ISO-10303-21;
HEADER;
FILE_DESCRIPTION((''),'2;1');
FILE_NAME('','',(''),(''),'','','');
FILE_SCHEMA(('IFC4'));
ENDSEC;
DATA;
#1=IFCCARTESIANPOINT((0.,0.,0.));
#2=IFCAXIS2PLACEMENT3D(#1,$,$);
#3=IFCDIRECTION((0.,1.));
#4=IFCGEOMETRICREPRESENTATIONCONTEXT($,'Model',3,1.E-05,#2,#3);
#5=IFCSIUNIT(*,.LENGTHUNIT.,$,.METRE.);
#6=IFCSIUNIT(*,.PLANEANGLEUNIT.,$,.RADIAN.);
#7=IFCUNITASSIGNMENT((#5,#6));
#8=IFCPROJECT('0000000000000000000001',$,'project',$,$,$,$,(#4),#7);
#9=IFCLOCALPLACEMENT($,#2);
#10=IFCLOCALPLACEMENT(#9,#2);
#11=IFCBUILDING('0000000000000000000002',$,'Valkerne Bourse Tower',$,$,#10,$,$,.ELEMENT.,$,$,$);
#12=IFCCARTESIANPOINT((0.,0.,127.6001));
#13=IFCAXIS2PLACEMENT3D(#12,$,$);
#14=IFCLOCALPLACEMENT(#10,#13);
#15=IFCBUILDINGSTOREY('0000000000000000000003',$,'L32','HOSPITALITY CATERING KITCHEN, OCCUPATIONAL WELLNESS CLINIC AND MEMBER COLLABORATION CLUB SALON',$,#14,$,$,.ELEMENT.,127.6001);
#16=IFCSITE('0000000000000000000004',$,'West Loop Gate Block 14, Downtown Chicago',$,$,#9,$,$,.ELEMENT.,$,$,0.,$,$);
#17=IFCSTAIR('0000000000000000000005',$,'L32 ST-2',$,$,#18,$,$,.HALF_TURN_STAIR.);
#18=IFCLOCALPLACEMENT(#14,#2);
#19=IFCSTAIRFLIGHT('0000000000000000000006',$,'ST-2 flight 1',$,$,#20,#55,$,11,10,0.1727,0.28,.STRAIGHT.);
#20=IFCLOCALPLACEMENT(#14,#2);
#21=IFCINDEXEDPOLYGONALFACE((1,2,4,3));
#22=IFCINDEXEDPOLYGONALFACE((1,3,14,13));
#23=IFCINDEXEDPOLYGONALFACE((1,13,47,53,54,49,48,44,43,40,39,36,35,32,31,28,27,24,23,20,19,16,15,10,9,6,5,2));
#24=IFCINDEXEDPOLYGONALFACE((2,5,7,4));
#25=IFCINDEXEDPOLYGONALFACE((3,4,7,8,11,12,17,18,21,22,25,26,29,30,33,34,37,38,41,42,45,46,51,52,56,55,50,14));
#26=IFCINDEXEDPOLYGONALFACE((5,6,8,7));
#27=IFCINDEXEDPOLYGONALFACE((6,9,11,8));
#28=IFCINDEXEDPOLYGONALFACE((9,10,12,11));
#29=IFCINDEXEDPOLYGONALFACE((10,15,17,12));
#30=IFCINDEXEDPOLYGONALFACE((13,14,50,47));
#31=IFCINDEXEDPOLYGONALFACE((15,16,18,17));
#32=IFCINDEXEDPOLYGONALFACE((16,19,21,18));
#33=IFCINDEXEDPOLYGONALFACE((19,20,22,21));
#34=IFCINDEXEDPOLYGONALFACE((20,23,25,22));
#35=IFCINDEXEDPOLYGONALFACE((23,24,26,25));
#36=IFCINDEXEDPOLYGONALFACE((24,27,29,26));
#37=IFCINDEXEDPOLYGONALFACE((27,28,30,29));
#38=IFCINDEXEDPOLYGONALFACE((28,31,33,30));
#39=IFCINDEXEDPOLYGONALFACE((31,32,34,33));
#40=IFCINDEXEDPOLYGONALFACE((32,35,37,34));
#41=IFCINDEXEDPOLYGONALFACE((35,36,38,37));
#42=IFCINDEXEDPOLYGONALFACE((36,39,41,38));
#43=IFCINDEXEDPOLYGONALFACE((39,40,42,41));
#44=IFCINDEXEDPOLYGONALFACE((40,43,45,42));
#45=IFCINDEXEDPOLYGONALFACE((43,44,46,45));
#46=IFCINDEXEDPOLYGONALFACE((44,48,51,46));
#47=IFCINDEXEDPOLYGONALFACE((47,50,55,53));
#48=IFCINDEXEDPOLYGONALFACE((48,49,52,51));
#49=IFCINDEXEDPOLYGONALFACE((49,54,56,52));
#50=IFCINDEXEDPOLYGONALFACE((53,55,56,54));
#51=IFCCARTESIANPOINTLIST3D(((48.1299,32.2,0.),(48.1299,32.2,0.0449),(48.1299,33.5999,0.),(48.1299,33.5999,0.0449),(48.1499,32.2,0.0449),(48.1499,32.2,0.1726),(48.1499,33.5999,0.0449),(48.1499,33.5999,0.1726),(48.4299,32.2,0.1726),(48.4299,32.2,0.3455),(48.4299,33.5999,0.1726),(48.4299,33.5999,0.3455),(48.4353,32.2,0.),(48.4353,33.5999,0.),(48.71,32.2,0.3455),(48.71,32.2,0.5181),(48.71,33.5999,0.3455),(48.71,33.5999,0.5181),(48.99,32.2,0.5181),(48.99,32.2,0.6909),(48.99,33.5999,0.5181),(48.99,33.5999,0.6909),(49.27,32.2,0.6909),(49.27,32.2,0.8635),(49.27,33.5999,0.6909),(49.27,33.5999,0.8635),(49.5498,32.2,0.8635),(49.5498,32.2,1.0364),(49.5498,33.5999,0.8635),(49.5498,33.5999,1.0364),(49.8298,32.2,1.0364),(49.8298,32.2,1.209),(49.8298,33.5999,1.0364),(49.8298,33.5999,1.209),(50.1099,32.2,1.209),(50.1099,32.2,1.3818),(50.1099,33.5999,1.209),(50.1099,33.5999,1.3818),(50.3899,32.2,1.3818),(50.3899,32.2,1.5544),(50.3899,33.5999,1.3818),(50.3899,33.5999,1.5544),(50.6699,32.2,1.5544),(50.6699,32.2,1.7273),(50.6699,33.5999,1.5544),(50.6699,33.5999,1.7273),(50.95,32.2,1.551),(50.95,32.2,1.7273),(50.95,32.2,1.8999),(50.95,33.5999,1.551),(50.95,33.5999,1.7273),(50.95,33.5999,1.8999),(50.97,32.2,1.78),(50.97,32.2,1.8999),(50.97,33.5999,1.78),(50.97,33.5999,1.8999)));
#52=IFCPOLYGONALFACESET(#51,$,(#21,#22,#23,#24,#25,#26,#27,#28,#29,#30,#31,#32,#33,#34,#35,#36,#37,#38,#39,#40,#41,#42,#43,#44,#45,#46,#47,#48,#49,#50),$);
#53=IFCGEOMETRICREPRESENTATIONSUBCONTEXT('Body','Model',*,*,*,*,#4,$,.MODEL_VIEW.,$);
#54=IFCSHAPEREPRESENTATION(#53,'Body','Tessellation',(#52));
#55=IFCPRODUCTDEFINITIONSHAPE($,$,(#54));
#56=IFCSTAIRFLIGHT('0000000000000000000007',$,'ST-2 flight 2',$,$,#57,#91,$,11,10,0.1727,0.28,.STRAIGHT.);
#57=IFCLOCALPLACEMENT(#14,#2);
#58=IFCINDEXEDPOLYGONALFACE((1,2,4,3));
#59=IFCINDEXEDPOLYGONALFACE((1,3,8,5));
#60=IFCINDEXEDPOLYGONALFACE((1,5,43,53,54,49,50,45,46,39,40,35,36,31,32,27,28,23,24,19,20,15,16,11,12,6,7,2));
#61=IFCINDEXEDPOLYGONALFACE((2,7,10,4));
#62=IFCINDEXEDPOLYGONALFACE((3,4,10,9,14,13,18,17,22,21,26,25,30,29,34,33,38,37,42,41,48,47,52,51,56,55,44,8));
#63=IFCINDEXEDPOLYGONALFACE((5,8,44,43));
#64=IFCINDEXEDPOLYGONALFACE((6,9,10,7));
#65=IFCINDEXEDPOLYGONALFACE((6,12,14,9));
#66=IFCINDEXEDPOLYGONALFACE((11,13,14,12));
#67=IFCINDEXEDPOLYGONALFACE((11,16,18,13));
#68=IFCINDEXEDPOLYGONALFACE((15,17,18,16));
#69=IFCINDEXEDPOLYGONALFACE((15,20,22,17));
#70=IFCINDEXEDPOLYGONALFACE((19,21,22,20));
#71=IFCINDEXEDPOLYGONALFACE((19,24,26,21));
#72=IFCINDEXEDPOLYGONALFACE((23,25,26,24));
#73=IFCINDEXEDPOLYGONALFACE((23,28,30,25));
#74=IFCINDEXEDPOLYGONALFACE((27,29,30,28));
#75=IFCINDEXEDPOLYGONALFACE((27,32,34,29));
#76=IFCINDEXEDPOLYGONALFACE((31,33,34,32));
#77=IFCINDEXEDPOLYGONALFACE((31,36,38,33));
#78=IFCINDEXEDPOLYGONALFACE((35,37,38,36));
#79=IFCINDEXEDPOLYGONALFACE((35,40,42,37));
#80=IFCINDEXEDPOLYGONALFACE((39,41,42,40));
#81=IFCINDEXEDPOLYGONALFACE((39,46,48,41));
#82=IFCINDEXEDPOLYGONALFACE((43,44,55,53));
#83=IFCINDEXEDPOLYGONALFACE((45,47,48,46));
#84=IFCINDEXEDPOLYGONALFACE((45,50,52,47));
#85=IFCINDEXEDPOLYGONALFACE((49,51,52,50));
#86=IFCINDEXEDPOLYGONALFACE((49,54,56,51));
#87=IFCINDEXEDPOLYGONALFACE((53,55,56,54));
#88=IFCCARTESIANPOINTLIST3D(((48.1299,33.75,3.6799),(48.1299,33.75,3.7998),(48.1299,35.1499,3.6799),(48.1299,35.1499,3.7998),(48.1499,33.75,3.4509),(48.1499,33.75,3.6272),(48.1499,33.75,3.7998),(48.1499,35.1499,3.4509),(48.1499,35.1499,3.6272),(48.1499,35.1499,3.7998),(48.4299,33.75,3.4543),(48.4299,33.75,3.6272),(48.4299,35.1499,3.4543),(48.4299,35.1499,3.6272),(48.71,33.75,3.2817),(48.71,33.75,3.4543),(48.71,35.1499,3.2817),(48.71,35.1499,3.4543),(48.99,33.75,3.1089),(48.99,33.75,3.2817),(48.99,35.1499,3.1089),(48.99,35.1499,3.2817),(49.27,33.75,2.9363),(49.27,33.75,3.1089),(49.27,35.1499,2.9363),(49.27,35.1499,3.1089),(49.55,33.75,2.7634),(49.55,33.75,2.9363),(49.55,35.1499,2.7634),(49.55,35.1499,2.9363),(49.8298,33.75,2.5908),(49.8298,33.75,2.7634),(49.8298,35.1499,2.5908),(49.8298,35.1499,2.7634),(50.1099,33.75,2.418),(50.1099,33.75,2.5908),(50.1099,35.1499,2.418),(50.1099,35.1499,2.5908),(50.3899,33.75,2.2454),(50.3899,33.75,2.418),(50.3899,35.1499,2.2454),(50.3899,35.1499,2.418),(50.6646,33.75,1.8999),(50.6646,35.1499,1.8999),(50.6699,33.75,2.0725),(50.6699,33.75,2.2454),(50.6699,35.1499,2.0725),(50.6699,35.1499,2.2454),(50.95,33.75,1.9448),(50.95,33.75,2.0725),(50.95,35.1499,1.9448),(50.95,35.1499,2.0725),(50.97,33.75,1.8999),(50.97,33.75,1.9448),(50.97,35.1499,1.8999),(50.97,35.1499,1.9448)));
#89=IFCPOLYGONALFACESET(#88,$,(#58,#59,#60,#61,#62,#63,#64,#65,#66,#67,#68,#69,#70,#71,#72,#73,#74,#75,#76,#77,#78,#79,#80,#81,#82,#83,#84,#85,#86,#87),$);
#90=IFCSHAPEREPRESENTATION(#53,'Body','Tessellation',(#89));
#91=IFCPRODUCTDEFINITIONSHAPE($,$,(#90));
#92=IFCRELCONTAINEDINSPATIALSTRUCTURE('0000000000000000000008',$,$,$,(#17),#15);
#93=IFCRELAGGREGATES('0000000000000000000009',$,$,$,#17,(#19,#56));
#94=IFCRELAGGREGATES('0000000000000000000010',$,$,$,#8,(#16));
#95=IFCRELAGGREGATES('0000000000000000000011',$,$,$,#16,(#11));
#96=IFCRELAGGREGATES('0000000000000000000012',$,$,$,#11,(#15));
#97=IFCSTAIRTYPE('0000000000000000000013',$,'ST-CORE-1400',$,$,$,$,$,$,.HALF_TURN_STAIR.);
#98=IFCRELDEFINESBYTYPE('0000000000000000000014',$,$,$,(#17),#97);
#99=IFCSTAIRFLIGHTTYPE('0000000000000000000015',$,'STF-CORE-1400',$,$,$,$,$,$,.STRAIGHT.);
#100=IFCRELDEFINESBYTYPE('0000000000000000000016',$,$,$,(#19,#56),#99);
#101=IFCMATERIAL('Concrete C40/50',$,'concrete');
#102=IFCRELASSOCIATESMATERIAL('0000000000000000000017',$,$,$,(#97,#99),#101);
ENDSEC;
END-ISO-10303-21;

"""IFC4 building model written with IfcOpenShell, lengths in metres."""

from ifc_helpers import new_model, si_unit, direction, frame, origin, place, context, subcontext, project, spatial, polyline, outline, extrude, material, type_object, element, aggregate, save


model = new_model("IFC4")

# Units and contexts
model_context = context("Model", 3, precision=1e-05, world=origin(), true_north=direction((0.0, 1.0)))
body_context = subcontext(model_context, "Body", "Model", "MODEL_VIEW")
ifc_project = project(units=[si_unit("LENGTHUNIT", "METRE"), si_unit("PLANEANGLEUNIT", "RADIAN")], contexts=[model_context])

# Site, building, storey
site_placement = place(None, origin())
site = spatial("IfcSite", under=ifc_project, at=site_placement, Name="West Loop Gate Block 14, Downtown Chicago", CompositionType="ELEMENT", RefElevation=0.0)
building_placement = place(site_placement, origin())
building = spatial("IfcBuilding", under=site, at=building_placement, Name="Valkerne Bourse Tower", CompositionType="ELEMENT")
storey_placement = place(building_placement, frame((0.0, 0.0, 127.6001)))
storey = spatial("IfcBuildingStorey", under=building, at=storey_placement, Name="L32", Description="HOSPITALITY CATERING KITCHEN, OCCUPATIONAL WELLNESS CLINIC AND MEMBER COLLABORATION CLUB SALON", CompositionType="ELEMENT", Elevation=127.6001)

# Shared definitions
ifc_material_1 = material(Name="Concrete C40/50", Category="concrete")

# Stair, stair flights
stair_type = type_object("IfcStairType", Name="ST-CORE-1400", PredefinedType="HALF_TURN_STAIR", material=ifc_material_1)
stair_placement = place(storey_placement, origin())
stair = element("IfcStair", 1, at=stair_placement, inside=storey, type_object=stair_type, Name="L32 ST-2", PredefinedType="HALF_TURN_STAIR")
stair_flight_type = type_object("IfcStairFlightType", Name="STF-CORE-1400", PredefinedType="STRAIGHT", material=ifc_material_1)
stair_flight_1_placement = place(storey_placement, frame((48.1499, 32.8999, 0.0), z_axis=(0.0, 0.0, 1.0), x_axis=(1.0, 0.0, 0.0)))
stair_flight_1 = element("IfcStairFlight", 2, at=stair_flight_1_placement, type_object=stair_flight_type, Name="ST-2 flight 1", NumberOfRisers=11, NumberOfTreads=10, PredefinedType="STRAIGHT", RiserHeight=0.1727, TreadLength=0.28, context=body_context, shape_type="SweptSolid", body=[
    extrude(outline(polyline([(-0.02, 0.0), (-0.02, 0.0449), (0.0, 0.0449), (0.0, 0.1726), (0.28, 0.1726), (0.28, 0.3455), (0.5601, 0.3455), (0.5601, 0.5181), (0.8401, 0.5181), (0.8401, 0.6909), (1.1201, 0.6909), (1.1201, 0.8635), (1.3999, 0.8635), (1.3999, 1.0364), (1.6799, 1.0364), (1.6799, 1.209), (1.96, 1.209), (1.96, 1.3818), (2.24, 1.3818), (2.24, 1.5544), (2.52, 1.5544), (2.52, 1.7273), (2.8, 1.7273), (2.8, 1.8999), (2.8201, 1.8999), (2.8201, 1.78), (2.8, 1.551), (0.2854, 0.0), (-0.02, 0.0)])), frame((0.0, 0.7, 0.0), z_axis=(0.0, -1.0, 0.0), x_axis=(1.0, 0.0, 0.0)), (0.0, 0.0, 1.0), 1.3999),
])
stair_flight_2_placement = place(storey_placement, frame((50.95, 34.45, 1.8999), z_axis=(0.0, 0.0, 1.0), x_axis=(-1.0, 0.0, 0.0)))
stair_flight_2 = element("IfcStairFlight", 3, at=stair_flight_2_placement, type_object=stair_flight_type, Name="ST-2 flight 2", NumberOfRisers=11, NumberOfTreads=10, PredefinedType="STRAIGHT", RiserHeight=0.1727, TreadLength=0.28, context=body_context, shape_type="SweptSolid", body=[
    extrude(outline(polyline([(-0.02, 0.0), (-0.02, 0.0449), (0.0, 0.0449), (0.0, 0.1726), (0.28, 0.1726), (0.28, 0.3455), (0.5601, 0.3455), (0.5601, 0.5181), (0.8401, 0.5181), (0.8401, 0.6909), (1.1201, 0.6909), (1.1201, 0.8635), (1.3999, 0.8635), (1.3999, 1.0364), (1.6799, 1.0364), (1.6799, 1.209), (1.96, 1.209), (1.96, 1.3818), (2.24, 1.3818), (2.24, 1.5544), (2.52, 1.5544), (2.52, 1.7273), (2.8, 1.7273), (2.8, 1.8999), (2.8201, 1.8999), (2.8201, 1.78), (2.8, 1.551), (0.2854, 0.0), (-0.02, 0.0)])), frame((0.0, 0.7, 0.0), z_axis=(0.0, -1.0, 0.0), x_axis=(1.0, 0.0, 0.0)), (0.0, 0.0, 1.0), 1.3999),
])
aggregate(stair, [stair_flight_1, stair_flight_2])

save(model, "model.ifc")
